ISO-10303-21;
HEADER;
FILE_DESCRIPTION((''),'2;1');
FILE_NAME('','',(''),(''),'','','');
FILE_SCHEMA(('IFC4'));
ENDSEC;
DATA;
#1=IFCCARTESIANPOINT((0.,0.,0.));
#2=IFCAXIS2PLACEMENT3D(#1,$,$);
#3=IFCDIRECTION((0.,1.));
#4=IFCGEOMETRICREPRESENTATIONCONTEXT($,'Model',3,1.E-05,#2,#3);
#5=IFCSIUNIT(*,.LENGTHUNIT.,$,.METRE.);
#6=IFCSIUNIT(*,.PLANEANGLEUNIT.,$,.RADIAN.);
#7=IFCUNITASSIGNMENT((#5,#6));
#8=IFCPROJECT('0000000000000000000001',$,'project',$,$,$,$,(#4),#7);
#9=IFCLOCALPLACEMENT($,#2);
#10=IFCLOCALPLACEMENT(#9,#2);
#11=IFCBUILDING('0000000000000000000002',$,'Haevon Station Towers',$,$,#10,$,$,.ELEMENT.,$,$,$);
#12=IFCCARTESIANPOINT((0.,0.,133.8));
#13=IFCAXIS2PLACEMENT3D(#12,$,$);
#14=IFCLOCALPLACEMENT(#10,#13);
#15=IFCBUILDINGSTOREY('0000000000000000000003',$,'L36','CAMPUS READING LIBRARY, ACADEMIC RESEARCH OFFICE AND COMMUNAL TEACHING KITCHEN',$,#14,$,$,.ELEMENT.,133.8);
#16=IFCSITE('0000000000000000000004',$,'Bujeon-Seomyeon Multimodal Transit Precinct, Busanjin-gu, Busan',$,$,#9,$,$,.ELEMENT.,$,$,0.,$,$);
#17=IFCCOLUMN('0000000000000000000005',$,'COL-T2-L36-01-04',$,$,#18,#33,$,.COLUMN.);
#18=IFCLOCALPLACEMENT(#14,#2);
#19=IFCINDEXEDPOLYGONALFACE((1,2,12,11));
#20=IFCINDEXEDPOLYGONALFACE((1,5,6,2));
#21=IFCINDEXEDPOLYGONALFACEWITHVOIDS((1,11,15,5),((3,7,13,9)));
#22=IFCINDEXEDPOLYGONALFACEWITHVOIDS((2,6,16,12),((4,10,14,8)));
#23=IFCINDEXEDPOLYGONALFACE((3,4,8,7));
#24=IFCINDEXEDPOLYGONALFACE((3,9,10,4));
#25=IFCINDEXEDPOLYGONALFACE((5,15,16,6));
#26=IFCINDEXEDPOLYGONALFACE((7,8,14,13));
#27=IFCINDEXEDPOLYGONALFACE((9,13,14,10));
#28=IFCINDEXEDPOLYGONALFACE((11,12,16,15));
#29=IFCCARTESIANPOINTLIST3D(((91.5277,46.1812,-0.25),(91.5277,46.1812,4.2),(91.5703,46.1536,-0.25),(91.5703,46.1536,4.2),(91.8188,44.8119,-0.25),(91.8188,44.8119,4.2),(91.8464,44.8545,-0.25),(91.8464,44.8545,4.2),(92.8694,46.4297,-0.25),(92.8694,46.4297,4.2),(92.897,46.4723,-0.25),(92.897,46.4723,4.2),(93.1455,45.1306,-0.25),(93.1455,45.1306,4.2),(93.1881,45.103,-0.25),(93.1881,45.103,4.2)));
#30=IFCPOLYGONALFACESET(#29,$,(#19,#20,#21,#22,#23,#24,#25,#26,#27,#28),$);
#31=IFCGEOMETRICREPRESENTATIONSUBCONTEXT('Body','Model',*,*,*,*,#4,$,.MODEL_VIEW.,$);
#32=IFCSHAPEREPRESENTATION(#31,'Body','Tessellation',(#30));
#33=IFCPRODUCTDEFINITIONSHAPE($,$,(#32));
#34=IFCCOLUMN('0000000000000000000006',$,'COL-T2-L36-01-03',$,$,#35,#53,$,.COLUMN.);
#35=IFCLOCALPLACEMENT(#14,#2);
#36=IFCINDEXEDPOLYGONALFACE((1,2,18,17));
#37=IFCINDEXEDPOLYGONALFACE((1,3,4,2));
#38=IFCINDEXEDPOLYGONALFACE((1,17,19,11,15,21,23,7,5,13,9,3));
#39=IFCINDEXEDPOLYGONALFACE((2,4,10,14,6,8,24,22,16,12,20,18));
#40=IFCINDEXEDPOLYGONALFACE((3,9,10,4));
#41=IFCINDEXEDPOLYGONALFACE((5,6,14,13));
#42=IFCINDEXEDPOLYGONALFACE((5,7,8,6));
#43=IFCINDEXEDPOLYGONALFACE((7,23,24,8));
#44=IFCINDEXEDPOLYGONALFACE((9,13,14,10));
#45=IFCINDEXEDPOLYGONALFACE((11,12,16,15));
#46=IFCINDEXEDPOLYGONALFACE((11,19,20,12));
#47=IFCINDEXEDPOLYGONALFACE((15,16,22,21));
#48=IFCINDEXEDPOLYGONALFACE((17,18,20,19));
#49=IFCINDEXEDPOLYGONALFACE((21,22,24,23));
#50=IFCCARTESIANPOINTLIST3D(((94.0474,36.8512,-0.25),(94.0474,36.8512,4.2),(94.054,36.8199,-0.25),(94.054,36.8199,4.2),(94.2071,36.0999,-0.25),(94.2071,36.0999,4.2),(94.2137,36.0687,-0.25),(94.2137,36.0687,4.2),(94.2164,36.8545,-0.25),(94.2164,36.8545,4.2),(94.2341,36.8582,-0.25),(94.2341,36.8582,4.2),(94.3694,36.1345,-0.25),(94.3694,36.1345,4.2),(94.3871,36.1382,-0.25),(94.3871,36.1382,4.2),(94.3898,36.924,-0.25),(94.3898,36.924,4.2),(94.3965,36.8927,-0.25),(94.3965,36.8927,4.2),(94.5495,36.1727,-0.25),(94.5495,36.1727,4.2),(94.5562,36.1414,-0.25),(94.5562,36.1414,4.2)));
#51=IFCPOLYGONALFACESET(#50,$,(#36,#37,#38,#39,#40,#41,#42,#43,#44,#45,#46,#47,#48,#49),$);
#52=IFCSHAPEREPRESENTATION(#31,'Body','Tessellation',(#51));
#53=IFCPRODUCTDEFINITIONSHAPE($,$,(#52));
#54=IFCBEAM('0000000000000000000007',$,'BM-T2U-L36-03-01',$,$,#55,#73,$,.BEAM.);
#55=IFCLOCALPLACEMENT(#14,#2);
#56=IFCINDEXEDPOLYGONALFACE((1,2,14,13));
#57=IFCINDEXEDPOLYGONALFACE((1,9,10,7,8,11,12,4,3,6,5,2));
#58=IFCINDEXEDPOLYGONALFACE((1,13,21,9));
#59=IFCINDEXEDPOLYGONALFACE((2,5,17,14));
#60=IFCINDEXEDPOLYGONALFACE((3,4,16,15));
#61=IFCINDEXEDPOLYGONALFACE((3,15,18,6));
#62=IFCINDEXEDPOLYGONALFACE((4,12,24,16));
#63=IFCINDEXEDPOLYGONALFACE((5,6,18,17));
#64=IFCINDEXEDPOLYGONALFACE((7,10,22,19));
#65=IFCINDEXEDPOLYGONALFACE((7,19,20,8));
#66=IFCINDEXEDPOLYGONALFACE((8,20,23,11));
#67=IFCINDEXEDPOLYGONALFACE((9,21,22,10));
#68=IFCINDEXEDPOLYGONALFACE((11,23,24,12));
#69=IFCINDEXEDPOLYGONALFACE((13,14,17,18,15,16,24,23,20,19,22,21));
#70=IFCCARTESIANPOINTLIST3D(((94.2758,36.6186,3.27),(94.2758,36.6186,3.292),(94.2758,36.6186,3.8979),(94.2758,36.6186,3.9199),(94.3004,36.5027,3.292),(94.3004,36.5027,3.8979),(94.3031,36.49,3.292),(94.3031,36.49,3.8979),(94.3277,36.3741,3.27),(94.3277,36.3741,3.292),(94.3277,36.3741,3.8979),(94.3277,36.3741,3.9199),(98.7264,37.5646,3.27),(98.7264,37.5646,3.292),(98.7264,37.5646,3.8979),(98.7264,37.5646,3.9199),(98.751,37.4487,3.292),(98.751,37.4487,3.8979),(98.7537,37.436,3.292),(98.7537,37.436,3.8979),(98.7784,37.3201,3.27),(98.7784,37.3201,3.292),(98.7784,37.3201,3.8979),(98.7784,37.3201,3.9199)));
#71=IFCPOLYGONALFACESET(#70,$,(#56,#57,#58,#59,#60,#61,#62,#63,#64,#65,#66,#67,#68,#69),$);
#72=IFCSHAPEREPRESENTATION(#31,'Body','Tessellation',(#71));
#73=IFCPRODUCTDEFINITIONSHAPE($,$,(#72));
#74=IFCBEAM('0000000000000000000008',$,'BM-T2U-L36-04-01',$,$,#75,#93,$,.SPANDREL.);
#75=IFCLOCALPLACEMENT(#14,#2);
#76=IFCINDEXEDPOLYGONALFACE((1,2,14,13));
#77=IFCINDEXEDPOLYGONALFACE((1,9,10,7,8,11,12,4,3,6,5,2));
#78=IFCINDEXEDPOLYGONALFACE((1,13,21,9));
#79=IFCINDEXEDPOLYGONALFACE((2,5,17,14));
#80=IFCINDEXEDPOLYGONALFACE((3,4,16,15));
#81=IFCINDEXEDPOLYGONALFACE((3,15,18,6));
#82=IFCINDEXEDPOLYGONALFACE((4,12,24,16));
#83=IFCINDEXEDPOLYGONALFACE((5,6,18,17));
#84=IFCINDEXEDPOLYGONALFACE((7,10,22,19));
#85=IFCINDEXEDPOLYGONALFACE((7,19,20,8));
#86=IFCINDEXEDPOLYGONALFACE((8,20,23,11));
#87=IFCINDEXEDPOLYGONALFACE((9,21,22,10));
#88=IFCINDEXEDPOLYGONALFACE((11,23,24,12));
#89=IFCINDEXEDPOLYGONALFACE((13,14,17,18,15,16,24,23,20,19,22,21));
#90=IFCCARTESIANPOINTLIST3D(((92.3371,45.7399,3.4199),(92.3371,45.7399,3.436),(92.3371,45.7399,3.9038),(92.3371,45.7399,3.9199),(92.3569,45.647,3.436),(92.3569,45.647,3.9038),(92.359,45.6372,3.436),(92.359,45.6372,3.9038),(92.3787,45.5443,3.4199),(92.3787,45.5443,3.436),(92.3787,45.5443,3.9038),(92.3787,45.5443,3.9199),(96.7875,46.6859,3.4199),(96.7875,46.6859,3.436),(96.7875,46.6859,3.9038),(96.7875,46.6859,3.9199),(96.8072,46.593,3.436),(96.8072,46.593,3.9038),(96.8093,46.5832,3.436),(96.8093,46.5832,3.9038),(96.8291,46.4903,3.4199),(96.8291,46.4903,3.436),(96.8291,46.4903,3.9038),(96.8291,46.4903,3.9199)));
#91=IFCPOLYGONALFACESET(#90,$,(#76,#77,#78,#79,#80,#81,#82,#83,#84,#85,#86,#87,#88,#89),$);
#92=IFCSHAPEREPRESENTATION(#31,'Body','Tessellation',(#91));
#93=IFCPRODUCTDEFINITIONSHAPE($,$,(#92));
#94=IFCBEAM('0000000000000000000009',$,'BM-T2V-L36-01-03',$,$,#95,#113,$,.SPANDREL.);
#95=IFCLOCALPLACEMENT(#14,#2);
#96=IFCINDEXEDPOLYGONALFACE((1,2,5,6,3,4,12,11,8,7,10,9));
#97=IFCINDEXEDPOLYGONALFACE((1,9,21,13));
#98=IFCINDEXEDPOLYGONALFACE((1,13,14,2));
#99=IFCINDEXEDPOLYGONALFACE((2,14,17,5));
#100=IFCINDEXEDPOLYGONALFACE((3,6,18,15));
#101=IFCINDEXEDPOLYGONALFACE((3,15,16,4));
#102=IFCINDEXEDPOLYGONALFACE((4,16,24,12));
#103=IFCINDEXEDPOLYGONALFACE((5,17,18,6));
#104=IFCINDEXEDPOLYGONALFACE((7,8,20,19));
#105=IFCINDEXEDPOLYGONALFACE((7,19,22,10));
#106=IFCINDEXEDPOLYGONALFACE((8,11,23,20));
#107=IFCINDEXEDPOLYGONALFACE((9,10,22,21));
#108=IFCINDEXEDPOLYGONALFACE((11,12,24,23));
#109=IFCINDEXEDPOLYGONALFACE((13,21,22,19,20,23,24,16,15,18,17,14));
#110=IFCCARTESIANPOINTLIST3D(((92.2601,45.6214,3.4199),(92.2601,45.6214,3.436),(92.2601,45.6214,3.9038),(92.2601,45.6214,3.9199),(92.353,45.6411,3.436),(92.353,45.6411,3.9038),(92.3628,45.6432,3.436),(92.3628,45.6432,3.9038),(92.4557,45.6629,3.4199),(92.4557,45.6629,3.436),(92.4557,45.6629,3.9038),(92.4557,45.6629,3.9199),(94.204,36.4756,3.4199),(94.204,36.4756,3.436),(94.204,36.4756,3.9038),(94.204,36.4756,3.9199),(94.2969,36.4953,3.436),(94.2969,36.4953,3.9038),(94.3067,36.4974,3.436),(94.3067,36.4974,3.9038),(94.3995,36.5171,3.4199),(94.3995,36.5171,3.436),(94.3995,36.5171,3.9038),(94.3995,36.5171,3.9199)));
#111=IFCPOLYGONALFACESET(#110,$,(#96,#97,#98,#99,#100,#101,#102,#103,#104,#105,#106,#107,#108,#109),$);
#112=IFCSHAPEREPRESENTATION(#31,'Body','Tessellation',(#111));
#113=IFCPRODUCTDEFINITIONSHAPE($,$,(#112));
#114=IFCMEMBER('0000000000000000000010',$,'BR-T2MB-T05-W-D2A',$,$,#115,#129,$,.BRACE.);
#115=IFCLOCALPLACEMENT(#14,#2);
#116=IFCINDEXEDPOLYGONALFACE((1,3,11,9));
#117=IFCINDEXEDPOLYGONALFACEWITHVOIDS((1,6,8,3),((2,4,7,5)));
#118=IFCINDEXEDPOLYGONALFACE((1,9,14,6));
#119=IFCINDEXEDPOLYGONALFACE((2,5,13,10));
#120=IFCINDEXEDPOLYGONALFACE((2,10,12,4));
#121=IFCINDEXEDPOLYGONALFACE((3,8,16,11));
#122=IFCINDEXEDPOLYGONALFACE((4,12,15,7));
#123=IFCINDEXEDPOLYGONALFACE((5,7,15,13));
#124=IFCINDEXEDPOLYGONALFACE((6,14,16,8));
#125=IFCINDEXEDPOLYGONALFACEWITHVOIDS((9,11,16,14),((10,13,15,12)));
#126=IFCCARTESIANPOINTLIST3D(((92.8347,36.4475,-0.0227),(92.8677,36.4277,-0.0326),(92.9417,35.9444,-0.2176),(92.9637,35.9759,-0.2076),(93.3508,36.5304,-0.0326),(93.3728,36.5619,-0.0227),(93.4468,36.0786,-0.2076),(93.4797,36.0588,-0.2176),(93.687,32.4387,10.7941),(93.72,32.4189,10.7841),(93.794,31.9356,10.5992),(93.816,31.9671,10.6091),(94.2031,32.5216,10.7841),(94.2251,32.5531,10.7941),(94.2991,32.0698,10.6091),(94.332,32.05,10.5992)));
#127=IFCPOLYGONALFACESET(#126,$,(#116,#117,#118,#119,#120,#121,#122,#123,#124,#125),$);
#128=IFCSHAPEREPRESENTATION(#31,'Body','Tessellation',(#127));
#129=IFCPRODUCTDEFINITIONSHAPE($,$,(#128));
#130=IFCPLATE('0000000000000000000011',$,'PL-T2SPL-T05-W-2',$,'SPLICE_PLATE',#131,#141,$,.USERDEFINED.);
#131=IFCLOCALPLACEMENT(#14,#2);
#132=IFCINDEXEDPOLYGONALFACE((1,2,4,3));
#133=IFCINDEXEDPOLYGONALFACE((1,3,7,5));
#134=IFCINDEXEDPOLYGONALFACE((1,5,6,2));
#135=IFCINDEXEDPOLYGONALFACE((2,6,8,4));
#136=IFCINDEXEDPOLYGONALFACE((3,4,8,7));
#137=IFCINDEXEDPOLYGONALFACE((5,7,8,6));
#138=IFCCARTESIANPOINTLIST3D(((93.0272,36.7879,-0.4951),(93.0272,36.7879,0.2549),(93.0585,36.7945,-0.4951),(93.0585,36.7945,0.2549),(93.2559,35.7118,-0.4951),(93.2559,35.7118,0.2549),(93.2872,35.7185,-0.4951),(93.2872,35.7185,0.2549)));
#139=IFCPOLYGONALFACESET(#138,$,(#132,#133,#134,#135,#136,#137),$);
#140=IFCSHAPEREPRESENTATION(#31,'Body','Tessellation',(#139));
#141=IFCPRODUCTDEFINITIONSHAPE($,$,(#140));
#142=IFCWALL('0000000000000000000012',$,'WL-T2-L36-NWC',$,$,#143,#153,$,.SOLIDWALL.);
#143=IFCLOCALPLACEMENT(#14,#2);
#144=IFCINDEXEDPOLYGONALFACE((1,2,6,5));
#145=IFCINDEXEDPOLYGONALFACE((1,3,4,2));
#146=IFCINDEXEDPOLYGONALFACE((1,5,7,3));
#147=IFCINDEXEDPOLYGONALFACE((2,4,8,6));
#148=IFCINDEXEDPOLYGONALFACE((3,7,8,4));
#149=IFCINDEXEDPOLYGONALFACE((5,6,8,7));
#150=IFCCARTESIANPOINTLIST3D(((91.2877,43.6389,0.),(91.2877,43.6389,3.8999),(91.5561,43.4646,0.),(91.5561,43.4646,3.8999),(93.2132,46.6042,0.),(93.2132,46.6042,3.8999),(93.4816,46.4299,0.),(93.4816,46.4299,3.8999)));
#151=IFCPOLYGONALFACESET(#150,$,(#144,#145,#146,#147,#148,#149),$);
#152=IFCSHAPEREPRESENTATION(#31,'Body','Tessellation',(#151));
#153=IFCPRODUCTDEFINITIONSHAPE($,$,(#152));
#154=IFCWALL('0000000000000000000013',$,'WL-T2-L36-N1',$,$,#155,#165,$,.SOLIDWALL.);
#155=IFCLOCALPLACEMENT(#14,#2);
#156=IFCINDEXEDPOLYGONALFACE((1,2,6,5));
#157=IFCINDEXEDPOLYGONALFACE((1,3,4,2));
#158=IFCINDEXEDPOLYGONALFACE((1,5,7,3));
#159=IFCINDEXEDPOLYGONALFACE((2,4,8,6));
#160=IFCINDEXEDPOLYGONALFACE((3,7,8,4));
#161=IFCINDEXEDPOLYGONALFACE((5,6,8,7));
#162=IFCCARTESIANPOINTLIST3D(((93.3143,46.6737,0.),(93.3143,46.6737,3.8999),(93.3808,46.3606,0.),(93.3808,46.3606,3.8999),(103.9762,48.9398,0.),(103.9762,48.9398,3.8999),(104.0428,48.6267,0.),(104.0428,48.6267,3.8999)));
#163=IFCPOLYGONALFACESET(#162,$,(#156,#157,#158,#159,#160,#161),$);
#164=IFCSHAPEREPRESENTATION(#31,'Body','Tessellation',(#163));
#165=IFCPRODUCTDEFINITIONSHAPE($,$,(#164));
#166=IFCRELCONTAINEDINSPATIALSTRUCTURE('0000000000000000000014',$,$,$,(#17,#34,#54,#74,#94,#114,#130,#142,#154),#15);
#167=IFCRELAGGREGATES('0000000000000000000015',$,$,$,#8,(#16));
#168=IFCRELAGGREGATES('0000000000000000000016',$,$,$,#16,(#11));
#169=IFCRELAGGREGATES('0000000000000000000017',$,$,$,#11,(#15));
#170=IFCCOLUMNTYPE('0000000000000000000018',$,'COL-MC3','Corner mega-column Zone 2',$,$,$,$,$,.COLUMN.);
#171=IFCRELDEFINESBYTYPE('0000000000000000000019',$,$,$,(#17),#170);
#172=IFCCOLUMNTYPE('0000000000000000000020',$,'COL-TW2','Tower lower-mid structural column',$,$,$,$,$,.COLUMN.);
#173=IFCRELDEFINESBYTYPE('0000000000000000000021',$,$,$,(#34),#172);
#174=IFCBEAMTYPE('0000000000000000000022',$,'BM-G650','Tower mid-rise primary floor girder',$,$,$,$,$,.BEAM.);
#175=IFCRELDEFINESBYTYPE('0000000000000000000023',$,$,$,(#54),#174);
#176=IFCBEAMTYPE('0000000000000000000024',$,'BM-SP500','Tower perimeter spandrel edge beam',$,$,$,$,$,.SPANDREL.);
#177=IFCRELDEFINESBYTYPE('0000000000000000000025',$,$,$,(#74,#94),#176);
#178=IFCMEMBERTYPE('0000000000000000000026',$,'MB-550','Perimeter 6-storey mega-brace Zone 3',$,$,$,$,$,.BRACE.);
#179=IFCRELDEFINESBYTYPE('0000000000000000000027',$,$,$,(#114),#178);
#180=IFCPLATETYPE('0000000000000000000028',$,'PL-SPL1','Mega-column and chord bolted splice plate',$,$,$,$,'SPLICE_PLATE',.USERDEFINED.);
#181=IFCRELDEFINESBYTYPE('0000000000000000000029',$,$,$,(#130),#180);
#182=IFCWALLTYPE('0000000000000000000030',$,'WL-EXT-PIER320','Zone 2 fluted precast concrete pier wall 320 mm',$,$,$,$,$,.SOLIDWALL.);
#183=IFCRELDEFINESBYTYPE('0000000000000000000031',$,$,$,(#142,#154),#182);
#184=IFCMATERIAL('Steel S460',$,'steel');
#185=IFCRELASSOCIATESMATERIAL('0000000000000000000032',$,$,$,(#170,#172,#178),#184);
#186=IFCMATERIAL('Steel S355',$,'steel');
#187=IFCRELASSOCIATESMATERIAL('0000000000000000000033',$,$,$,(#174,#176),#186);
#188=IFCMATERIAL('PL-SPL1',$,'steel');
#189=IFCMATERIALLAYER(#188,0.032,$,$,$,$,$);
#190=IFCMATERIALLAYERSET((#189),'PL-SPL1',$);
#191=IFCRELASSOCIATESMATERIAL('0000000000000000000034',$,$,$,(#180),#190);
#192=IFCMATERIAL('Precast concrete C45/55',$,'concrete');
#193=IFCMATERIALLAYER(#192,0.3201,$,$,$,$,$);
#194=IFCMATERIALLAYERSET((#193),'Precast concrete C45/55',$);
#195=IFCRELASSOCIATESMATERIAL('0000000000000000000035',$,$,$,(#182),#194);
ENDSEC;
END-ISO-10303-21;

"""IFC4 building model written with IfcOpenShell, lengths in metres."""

from ifc_helpers import new_model, si_unit, direction, frame, frame_2d, origin, origin_2d, place, context, subcontext, project, spatial, rectangle, hollow_rectangle, i_section, extrude, material, layer, layer_set, material_profile, profile_set, type_object, element, save


model = new_model("IFC4")

# Units and contexts
model_context = context("Model", 3, precision=1e-05, world=origin(), true_north=direction((0.0, 1.0)))
body_context = subcontext(model_context, "Body", "Model", "MODEL_VIEW")
ifc_project = project(units=[si_unit("LENGTHUNIT", "METRE"), si_unit("PLANEANGLEUNIT", "RADIAN")], contexts=[model_context])

# Site, building, storey
site_placement = place(None, origin())
site = spatial("IfcSite", under=ifc_project, at=site_placement, Name="Bujeon-Seomyeon Multimodal Transit Precinct, Busanjin-gu, Busan", CompositionType="ELEMENT", RefElevation=0.0)
building_placement = place(site_placement, origin())
building = spatial("IfcBuilding", under=site, at=building_placement, Name="Haevon Station Towers", CompositionType="ELEMENT")
storey_placement = place(building_placement, frame((0.0, 0.0, 133.8)))
storey = spatial("IfcBuildingStorey", under=building, at=storey_placement, Name="L36", Description="CAMPUS READING LIBRARY, ACADEMIC RESEARCH OFFICE AND COMMUNAL TEACHING KITCHEN", CompositionType="ELEMENT", Elevation=133.8)

# Columns
ifc_material_1 = material(Name="Steel S460", Category="steel")
ifc_material_profile_1 = material_profile(ifc_material_1, hollow_rectangle(XDim=1.3999, YDim=1.3999, WallThickness=0.0359, at=origin_2d()), Name="BOX-1400x1400x36")
ifc_profile_set_1 = profile_set([ifc_material_profile_1], Name="Steel S460")
column_type_1 = type_object("IfcColumnType", Name="COL-MC3", Description="Corner mega-column Zone 2", PredefinedType="COLUMN", material=ifc_profile_set_1)
column_1_placement = place(storey_placement, frame((92.3579, 45.6421, -0.25), z_axis=(0.0, 0.0, 1.0), x_axis=(0.978148, 0.207912, 0.0)))
element("IfcColumn", 1, at=column_1_placement, inside=storey, type_object=column_type_1, Name="COL-T2-L36-01-04", PredefinedType="COLUMN", context=body_context, shape_type="SweptSolid", body=[
    extrude(hollow_rectangle(XDim=1.3999, YDim=1.3999, WallThickness=0.0359, at=origin_2d()), origin(), (0.0, 0.0, 1.0), 4.45),
])
ifc_material_profile_2 = material_profile(ifc_material_1, i_section(OverallWidth=0.3501, OverallDepth=0.8, WebThickness=0.0181, FlangeThickness=0.032, at=origin_2d()), Name="H-800x350x18x32")
ifc_profile_set_2 = profile_set([ifc_material_profile_2], Name="Steel S460")
column_type_2 = type_object("IfcColumnType", Name="COL-TW2", Description="Tower lower-mid structural column", PredefinedType="COLUMN", material=ifc_profile_set_2)
column_2_placement = place(storey_placement, frame((94.3018, 36.4963, -0.25), z_axis=(0.0, 0.0, 1.0), x_axis=(0.978148, 0.207912, 0.0)))
element("IfcColumn", 2, at=column_2_placement, inside=storey, type_object=column_type_2, Name="COL-T2-L36-01-03", PredefinedType="COLUMN", context=body_context, shape_type="SweptSolid", body=[
    extrude(i_section(OverallWidth=0.3501, OverallDepth=0.8, WebThickness=0.0181, FlangeThickness=0.032, at=origin_2d()), origin(), (0.0, 0.0, 1.0), 4.45),
])

# Beams
ifc_material_2 = material(Name="Steel S355", Category="steel")
ifc_material_profile_3 = material_profile(ifc_material_2, i_section(OverallWidth=0.25, OverallDepth=0.6499, WebThickness=0.0129, FlangeThickness=0.022, at=origin_2d()), Name="H-650x250x13x22")
ifc_profile_set_3 = profile_set([ifc_material_profile_3], Name="Steel S355")
beam_type_1 = type_object("IfcBeamType", Name="BM-G650", Description="Tower mid-rise primary floor girder", PredefinedType="BEAM", material=ifc_profile_set_3)
beam_1_placement = place(storey_placement, frame((94.3018, 36.4963, 3.595), z_axis=(0.978147, 0.207917, 0.0), x_axis=(-0.207917, 0.978147, 0.0)))
element("IfcBeam", 3, at=beam_1_placement, inside=storey, type_object=beam_type_1, Name="BM-T2U-L36-03-01", PredefinedType="BEAM", context=body_context, shape_type="SweptSolid", body=[
    extrude(i_section(OverallWidth=0.25, OverallDepth=0.6499, WebThickness=0.0129, FlangeThickness=0.022, at=origin_2d()), origin(), (0.0, 0.0, 1.0), 4.55),
])
ifc_material_profile_4 = material_profile(ifc_material_2, i_section(OverallWidth=0.2, OverallDepth=0.5, WebThickness=0.01, FlangeThickness=0.0161, at=origin_2d()), Name="H-500x200x10x16")
ifc_profile_set_4 = profile_set([ifc_material_profile_4], Name="Steel S355")
beam_type_2 = type_object("IfcBeamType", Name="BM-SP500", Description="Tower perimeter spandrel edge beam", PredefinedType="SPANDREL", material=ifc_profile_set_4)
beam_2_placement = place(storey_placement, frame((92.3579, 45.6421, 3.6699), z_axis=(0.978144, 0.207927, 0.0), x_axis=(-0.207927, 0.978144, 0.0)))
element("IfcBeam", 4, at=beam_2_placement, inside=storey, type_object=beam_type_2, Name="BM-T2U-L36-04-01", PredefinedType="SPANDREL", context=body_context, shape_type="SweptSolid", body=[
    extrude(i_section(OverallWidth=0.2, OverallDepth=0.5, WebThickness=0.01, FlangeThickness=0.0161, at=origin_2d()), origin(), (0.0, 0.0, 1.0), 4.5498),
])
beam_3_placement = place(storey_placement, frame((94.3018, 36.4963, 3.6699), z_axis=(-0.207897, 0.978151, 0.0), x_axis=(-0.978151, -0.207897, 0.0)))
element("IfcBeam", 5, at=beam_3_placement, inside=storey, type_object=beam_type_2, Name="BM-T2V-L36-01-03", PredefinedType="SPANDREL", context=body_context, shape_type="SweptSolid", body=[
    extrude(i_section(OverallWidth=0.2, OverallDepth=0.5, WebThickness=0.01, FlangeThickness=0.0161, at=origin_2d()), origin(), (0.0, 0.0, 1.0), 9.3501),
])

# Member
ifc_material_profile_5 = material_profile(ifc_material_1, hollow_rectangle(XDim=0.55, YDim=0.55, WallThickness=0.0281, at=origin_2d()), Name="RHS-550x550x28")
ifc_profile_set_5 = profile_set([ifc_material_profile_5], Name="Steel S460")
member_type = type_object("IfcMemberType", Name="MB-550", Description="Perimeter 6-storey mega-brace Zone 3", PredefinedType="BRACE", material=ifc_profile_set_5)
member_placement = place(storey_placement, frame((93.1572, 36.2532, -0.1201), z_axis=(0.073683, -0.34657, 0.935126), x_axis=(0.978138, 0.207958, 0.0)))
element("IfcMember", 6, at=member_placement, inside=storey, type_object=member_type, Name="BR-T2MB-T05-W-D2A", PredefinedType="BRACE", context=body_context, shape_type="SweptSolid", body=[
    extrude(hollow_rectangle(XDim=0.55, YDim=0.55, WallThickness=0.0281, at=origin_2d()), origin(), (0.0, 0.0, 1.0), 11.5671),
])

# Plate
ifc_material_3 = material(Name="PL-SPL1", Category="steel")
ifc_layer_1 = layer(ifc_material_3, 0.032)
ifc_layer_set_1 = layer_set([ifc_layer_1], Name="PL-SPL1")
plate_type = type_object("IfcPlateType", Name="PL-SPL1", Description="Mega-column and chord bolted splice plate", ElementType="SPLICE_PLATE", PredefinedType="USERDEFINED", material=ifc_layer_set_1)
plate_placement = place(storey_placement, frame((93.1572, 36.2532, -0.4951), z_axis=(0.0, 0.0, 1.0), x_axis=(-0.207912, 0.978148, 0.0)))
element("IfcPlate", 7, at=plate_placement, inside=storey, type_object=plate_type, Name="PL-T2SPL-T05-W-2", ObjectType="SPLICE_PLATE", PredefinedType="USERDEFINED", context=body_context, shape_type="SweptSolid", body=[
    extrude(rectangle(XDim=1.1001, YDim=0.032, at=origin_2d()), origin(), (0.0, 0.0, 1.0), 0.75),
])

# Walls
ifc_material_4 = material(Name="Precast concrete C45/55", Category="concrete")
ifc_layer_2 = layer(ifc_material_4, 0.3201)
ifc_layer_set_2 = layer_set([ifc_layer_2], Name="Precast concrete C45/55")
wall_type = type_object("IfcWallType", Name="WL-EXT-PIER320", Description="Zone 2 fluted precast concrete pier wall 320 mm", PredefinedType="SOLIDWALL", material=ifc_layer_set_2)
wall_1_placement = place(storey_placement, frame((91.4219, 43.5518, 0.0), z_axis=(0.0, 0.0, 1.0), x_axis=(0.544605, 0.838693, 0.0)))
element("IfcWall", 8, at=wall_1_placement, inside=storey, type_object=wall_type, Name="WL-T2-L36-NWC", PredefinedType="SOLIDWALL", context=body_context, shape_type="SweptSolid", body=[
    extrude(rectangle(XDim=3.5356, YDim=0.3201, at=frame_2d((1.7678, 0.0))), origin(), (0.0, 0.0, 1.0), 3.8999),
])
wall_2_placement = place(storey_placement, frame((93.3474, 46.5171, 0.0), z_axis=(0.0, 0.0, 1.0), x_axis=(0.97815, 0.2079, 0.0)))
element("IfcWall", 9, at=wall_2_placement, inside=storey, type_object=wall_type, Name="WL-T2-L36-N1", PredefinedType="SOLIDWALL", context=body_context, shape_type="SweptSolid", body=[
    extrude(rectangle(XDim=10.9001, YDim=0.3201, at=frame_2d((5.4502, 0.0))), origin(), (0.0, 0.0, 1.0), 3.8999),
])

save(model, "model.ifc")
